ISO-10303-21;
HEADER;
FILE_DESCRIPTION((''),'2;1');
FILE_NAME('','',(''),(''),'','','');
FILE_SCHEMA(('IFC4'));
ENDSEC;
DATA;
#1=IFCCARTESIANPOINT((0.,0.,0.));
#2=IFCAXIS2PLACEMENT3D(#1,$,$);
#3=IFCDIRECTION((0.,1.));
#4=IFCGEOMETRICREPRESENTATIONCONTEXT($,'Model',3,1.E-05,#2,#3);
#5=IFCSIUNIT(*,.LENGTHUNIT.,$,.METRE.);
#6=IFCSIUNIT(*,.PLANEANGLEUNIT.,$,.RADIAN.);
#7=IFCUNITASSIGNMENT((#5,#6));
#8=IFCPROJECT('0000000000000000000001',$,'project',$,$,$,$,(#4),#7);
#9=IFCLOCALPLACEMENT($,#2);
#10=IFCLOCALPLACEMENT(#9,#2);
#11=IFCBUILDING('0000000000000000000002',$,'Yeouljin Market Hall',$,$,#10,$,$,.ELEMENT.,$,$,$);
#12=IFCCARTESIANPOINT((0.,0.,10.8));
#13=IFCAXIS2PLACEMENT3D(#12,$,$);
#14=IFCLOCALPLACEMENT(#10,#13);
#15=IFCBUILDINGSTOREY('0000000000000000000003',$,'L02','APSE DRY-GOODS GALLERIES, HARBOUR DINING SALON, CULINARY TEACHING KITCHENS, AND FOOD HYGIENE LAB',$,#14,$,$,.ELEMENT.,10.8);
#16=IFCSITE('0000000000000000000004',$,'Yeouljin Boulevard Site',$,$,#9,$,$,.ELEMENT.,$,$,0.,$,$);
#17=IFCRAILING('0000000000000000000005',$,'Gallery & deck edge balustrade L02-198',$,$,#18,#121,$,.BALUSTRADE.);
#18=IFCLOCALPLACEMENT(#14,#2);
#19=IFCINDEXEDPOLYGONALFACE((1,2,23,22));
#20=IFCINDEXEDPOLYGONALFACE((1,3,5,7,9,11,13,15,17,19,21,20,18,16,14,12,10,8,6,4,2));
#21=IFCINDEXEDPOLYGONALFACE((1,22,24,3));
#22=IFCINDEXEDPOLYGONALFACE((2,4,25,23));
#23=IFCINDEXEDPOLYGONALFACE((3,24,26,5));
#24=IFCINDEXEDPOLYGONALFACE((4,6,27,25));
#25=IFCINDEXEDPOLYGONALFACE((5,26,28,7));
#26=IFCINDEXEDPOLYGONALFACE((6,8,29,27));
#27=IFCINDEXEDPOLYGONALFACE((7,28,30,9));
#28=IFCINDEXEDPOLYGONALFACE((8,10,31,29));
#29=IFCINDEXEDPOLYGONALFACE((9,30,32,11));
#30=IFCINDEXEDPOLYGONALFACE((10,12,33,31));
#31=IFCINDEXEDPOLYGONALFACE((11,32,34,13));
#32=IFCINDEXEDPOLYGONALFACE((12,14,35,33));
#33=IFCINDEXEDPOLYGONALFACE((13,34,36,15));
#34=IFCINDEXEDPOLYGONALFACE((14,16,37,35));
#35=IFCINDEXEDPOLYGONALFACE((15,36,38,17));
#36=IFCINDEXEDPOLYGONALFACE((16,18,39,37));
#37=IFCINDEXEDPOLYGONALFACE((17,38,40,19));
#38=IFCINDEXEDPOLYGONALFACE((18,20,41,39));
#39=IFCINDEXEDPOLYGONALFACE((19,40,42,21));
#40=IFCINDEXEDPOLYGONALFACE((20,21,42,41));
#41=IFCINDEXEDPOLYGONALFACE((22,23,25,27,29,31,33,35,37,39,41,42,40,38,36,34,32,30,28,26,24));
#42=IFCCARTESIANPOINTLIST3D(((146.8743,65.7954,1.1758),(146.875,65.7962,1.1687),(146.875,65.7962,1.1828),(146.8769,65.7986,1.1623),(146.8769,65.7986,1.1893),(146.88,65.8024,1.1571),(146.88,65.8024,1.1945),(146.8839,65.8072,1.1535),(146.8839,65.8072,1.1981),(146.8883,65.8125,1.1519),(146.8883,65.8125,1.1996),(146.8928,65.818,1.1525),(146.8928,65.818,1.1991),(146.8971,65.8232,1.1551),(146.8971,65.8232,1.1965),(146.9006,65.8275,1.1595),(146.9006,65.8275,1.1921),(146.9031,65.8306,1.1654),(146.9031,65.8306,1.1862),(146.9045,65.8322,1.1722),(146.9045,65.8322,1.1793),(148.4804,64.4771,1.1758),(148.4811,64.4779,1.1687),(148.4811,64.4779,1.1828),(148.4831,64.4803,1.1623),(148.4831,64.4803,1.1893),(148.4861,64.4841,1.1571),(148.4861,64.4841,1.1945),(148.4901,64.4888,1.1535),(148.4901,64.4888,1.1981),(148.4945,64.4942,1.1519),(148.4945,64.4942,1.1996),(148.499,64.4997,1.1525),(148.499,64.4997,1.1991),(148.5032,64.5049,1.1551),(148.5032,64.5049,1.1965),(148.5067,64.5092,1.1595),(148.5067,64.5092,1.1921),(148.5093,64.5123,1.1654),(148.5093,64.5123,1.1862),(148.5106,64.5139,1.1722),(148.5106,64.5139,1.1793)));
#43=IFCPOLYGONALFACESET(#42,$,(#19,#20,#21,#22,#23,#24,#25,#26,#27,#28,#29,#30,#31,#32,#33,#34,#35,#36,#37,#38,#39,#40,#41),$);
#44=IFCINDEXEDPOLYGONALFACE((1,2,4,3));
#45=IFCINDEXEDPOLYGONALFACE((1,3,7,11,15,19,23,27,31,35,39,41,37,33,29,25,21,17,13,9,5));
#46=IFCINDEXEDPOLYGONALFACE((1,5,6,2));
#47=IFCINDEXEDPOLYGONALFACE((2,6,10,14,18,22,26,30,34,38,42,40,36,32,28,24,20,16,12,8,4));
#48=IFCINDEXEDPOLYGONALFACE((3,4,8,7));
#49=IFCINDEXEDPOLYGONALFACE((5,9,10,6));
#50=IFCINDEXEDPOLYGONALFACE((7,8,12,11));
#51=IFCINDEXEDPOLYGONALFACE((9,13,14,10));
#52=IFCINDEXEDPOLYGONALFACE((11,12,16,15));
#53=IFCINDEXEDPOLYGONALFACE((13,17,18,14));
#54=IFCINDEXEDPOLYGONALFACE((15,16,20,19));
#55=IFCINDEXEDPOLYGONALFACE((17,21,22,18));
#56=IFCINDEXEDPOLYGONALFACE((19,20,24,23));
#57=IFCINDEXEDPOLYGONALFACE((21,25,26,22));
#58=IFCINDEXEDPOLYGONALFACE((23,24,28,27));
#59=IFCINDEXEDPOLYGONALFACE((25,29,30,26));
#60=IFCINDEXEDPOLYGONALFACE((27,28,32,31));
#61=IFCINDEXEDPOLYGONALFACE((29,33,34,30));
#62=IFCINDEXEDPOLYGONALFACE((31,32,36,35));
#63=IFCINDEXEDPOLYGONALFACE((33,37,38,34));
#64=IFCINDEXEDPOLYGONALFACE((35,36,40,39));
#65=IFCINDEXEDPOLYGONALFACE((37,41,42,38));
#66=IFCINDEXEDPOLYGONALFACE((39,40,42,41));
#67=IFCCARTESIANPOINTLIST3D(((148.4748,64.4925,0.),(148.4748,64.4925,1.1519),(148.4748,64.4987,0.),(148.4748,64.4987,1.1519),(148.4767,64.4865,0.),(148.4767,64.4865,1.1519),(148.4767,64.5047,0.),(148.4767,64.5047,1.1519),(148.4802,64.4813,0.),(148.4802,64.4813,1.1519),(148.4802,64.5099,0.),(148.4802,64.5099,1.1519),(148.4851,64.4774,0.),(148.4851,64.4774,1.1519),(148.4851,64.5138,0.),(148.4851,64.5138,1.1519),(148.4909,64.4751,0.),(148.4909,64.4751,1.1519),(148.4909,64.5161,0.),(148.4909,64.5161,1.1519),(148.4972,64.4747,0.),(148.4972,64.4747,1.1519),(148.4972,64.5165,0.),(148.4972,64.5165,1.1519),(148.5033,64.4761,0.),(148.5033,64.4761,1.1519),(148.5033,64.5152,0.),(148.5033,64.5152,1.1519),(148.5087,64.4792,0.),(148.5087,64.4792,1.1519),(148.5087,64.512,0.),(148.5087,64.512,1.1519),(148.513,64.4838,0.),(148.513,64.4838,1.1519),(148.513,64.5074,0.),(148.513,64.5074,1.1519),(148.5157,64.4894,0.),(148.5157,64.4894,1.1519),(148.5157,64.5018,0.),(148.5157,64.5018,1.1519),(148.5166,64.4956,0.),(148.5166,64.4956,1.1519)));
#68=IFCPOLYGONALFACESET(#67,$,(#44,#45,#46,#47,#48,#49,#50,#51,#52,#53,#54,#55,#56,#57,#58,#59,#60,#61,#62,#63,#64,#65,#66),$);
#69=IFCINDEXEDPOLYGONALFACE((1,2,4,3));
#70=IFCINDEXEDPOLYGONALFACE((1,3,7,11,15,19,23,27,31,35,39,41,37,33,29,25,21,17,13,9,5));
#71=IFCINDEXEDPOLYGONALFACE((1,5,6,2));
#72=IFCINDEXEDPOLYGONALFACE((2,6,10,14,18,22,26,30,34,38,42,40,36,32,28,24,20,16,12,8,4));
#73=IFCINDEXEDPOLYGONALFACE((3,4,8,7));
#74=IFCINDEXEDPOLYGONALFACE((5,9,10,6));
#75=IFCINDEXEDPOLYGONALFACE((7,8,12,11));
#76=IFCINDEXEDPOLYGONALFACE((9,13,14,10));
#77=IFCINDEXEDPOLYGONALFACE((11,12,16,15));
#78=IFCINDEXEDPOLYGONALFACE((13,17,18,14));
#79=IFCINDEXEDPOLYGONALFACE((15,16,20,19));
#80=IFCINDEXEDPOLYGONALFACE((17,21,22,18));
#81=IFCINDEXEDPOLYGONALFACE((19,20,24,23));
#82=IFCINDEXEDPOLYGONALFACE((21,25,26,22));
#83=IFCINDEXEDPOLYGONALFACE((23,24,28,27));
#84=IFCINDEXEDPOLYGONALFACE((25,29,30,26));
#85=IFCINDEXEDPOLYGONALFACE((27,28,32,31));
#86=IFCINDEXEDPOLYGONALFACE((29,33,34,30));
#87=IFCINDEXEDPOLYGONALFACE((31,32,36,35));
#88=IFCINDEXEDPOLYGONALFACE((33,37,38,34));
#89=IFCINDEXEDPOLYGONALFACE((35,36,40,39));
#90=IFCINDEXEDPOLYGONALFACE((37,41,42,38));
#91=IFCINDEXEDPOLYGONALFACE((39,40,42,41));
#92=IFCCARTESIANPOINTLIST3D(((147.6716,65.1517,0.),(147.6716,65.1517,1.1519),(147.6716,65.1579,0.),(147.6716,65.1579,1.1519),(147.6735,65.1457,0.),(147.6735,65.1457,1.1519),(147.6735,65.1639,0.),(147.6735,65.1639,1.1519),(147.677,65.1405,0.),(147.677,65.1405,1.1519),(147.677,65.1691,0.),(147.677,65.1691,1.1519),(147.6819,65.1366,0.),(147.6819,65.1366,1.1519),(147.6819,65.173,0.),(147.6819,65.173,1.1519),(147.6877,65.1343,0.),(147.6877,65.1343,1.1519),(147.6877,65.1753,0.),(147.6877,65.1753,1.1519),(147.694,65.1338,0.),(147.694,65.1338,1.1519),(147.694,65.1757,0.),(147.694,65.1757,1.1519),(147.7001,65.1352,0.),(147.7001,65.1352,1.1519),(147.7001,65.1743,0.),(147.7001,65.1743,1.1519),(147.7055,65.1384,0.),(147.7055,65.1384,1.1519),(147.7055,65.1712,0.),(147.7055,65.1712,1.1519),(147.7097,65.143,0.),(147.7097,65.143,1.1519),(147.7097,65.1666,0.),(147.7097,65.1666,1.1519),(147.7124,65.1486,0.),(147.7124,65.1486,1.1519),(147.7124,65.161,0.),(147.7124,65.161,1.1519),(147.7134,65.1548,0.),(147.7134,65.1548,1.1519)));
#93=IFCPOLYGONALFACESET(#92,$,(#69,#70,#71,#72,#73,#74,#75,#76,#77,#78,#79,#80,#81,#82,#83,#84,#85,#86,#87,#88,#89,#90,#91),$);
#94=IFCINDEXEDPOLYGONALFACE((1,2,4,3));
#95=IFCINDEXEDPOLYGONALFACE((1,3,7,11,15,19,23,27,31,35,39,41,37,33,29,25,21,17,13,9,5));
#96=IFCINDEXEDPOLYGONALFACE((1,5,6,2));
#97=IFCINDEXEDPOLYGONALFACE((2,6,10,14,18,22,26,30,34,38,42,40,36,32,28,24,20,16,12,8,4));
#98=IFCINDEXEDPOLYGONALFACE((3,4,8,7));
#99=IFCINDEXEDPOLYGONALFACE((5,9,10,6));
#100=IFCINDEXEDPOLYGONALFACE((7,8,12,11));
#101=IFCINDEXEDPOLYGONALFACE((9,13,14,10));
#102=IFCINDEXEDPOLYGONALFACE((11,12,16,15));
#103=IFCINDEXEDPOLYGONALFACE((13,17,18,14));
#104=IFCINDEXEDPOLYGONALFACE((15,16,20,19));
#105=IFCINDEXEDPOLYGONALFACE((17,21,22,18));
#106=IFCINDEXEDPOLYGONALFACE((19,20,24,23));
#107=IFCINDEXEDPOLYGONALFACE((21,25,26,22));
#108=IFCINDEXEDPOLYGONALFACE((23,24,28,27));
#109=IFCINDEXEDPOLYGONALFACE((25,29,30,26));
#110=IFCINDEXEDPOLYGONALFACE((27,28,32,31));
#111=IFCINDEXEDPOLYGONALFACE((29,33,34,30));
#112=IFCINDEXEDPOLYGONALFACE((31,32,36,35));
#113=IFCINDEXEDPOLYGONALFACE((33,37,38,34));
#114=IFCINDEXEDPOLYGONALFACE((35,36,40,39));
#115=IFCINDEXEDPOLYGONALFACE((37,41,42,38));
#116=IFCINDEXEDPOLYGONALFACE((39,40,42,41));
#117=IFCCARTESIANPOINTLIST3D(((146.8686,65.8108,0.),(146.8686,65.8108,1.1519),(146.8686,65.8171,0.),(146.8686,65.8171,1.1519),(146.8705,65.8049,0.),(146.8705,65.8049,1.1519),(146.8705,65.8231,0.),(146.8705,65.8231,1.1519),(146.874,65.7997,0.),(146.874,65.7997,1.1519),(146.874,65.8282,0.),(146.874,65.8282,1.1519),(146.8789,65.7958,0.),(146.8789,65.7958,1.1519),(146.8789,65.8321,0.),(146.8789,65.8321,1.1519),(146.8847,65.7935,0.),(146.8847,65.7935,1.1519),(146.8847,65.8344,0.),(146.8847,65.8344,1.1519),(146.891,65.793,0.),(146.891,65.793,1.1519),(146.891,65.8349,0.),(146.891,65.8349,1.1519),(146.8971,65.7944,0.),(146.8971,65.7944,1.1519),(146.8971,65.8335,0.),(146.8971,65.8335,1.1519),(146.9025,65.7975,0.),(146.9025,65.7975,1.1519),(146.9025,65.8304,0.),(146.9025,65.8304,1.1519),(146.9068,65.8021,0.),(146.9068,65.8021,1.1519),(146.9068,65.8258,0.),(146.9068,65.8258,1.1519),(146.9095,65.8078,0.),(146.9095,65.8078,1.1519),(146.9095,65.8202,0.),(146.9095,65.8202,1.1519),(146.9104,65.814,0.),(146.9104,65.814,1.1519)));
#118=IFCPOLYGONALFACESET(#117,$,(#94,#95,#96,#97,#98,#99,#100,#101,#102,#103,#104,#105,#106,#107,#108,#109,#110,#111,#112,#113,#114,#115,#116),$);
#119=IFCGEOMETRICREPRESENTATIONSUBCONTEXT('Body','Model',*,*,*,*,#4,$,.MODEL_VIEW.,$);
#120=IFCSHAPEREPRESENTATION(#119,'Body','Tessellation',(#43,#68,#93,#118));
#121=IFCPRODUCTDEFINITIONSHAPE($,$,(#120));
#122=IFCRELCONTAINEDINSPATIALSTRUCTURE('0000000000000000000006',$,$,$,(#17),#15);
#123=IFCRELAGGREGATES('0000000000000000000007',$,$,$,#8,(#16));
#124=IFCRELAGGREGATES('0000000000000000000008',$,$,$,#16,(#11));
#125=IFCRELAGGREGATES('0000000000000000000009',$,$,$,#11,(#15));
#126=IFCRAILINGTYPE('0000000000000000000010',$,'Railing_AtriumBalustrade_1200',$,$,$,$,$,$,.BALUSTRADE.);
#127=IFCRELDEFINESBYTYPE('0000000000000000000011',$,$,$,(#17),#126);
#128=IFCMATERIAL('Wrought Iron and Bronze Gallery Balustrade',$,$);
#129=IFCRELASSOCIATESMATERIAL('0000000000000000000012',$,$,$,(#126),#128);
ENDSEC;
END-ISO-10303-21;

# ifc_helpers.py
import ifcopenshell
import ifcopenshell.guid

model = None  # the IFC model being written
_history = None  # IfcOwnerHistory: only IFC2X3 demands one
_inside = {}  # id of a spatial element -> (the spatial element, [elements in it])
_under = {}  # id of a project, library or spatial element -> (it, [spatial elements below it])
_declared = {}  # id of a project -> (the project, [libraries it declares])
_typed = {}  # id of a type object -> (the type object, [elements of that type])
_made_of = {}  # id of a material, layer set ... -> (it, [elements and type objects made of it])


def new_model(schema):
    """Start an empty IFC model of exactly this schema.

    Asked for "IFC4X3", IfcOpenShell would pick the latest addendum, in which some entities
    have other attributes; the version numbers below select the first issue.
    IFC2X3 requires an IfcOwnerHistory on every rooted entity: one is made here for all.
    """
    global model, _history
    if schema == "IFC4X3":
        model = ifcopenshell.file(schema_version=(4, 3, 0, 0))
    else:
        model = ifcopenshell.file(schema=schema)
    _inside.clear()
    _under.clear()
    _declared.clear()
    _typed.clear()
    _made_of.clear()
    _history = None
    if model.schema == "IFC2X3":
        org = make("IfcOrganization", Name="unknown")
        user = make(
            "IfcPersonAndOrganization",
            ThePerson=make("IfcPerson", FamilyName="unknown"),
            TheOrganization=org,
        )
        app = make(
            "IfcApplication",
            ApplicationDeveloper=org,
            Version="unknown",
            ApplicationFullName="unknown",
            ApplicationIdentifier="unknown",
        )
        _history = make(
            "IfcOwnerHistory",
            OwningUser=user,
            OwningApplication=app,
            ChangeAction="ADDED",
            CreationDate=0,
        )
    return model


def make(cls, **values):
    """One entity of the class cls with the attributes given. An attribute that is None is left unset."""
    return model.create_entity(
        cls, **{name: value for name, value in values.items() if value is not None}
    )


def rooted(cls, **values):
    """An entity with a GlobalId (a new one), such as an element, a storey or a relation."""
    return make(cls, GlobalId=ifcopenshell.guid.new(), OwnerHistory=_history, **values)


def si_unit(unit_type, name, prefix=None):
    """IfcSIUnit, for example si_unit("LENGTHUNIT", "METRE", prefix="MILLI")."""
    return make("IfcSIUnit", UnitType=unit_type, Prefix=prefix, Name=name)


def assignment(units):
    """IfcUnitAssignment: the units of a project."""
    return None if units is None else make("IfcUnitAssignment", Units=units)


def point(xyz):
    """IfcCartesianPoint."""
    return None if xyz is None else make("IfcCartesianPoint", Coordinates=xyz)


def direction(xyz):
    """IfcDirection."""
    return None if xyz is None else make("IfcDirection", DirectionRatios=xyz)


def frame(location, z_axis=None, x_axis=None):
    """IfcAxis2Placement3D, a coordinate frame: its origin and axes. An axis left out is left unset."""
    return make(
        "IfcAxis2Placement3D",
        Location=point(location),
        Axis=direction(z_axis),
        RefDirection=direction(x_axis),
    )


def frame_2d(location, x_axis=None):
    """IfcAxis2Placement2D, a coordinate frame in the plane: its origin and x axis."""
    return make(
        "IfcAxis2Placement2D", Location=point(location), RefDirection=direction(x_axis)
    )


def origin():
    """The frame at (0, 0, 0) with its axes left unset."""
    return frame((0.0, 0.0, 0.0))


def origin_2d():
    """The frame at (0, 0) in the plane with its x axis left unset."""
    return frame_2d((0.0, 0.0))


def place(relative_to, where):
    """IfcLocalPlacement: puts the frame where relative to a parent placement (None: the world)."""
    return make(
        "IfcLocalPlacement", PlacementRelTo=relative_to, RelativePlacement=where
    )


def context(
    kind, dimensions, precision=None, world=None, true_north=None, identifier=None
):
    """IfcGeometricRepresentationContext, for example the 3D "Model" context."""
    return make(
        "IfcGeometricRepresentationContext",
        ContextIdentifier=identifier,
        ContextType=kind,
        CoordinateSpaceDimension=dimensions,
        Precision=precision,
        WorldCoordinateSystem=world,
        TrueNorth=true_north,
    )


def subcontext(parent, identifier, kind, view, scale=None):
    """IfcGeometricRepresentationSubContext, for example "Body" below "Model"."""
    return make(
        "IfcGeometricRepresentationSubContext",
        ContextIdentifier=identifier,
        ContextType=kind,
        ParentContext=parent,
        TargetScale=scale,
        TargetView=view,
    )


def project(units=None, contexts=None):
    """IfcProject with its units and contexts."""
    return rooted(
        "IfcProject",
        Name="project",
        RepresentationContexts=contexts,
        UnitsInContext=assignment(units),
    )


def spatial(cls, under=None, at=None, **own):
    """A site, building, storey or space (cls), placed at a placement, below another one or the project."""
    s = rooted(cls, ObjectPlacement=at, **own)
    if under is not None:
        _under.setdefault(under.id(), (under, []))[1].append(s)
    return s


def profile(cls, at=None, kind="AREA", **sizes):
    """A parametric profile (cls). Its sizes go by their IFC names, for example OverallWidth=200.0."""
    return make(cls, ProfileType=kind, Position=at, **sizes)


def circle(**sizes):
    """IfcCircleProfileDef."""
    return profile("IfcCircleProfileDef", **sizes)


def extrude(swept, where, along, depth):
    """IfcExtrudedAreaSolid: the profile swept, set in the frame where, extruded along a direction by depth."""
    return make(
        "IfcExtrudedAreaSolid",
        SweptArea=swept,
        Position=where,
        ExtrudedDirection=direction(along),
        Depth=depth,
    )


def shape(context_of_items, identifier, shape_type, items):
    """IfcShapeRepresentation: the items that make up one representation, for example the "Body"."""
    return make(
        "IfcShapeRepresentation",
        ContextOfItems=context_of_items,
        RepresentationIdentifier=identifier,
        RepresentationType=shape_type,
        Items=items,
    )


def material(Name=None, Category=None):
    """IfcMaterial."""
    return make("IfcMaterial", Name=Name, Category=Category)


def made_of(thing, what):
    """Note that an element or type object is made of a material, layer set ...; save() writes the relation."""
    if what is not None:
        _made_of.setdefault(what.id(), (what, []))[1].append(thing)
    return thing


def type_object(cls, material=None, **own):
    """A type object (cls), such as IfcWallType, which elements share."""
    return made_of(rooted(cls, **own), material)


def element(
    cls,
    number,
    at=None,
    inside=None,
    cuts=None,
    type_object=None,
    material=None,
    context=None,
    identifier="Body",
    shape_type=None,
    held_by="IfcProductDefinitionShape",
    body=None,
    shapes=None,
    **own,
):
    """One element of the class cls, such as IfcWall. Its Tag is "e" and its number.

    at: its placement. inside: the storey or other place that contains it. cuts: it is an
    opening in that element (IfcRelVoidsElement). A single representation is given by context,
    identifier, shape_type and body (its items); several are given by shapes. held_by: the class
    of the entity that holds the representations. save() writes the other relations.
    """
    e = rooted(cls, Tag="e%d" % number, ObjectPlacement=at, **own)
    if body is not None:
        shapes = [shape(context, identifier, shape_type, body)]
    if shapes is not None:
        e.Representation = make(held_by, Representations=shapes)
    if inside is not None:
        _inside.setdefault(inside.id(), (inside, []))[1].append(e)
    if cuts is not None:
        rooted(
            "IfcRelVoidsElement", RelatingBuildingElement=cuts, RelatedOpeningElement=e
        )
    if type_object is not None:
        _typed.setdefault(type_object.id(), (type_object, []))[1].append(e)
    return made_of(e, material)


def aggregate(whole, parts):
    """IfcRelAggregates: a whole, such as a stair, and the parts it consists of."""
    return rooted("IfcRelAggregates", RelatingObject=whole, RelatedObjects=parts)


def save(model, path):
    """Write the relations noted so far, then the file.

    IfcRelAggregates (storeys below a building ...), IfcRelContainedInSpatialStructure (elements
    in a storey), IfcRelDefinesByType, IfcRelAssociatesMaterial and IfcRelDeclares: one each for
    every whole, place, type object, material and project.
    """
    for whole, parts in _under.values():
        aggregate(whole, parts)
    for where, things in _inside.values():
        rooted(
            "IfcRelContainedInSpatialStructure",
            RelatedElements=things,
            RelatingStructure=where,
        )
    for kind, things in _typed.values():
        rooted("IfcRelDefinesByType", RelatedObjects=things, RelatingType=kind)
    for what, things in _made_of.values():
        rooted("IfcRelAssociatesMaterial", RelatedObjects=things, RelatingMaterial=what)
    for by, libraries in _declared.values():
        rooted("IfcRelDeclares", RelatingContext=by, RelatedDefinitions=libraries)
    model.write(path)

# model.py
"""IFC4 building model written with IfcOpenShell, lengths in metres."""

from ifc_helpers import new_model, si_unit, direction, frame, origin, origin_2d, place, context, subcontext, project, spatial, circle, extrude, material, type_object, element, save


model = new_model("IFC4")

# Units and contexts
model_context = context("Model", 3, precision=1e-05, world=origin(), true_north=direction((0.0, 1.0)))
body_context = subcontext(model_context, "Body", "Model", "MODEL_VIEW")
ifc_project = project(units=[si_unit("LENGTHUNIT", "METRE"), si_unit("PLANEANGLEUNIT", "RADIAN")], contexts=[model_context])

# Site, building, storey
site_placement = place(None, origin())
site = spatial("IfcSite", under=ifc_project, at=site_placement, Name="Yeouljin Boulevard Site", CompositionType="ELEMENT", RefElevation=0.0)
building_placement = place(site_placement, origin())
building = spatial("IfcBuilding", under=site, at=building_placement, Name="Yeouljin Market Hall", CompositionType="ELEMENT")
storey_placement = place(building_placement, frame((0.0, 0.0, 10.8)))
storey = spatial("IfcBuildingStorey", under=building, at=storey_placement, Name="L02", Description="APSE DRY-GOODS GALLERIES, HARBOUR DINING SALON, CULINARY TEACHING KITCHENS, AND FOOD HYGIENE LAB", CompositionType="ELEMENT", Elevation=10.8)

# Railing
ifc_material_1 = material(Name="Wrought Iron and Bronze Gallery Balustrade")
railing_type = type_object("IfcRailingType", Name="Railing_AtriumBalustrade_1200", PredefinedType="BALUSTRADE", material=ifc_material_1)
railing_1_placement = place(storey_placement, frame((148.4956, 64.4956, 0.0)))
element("IfcRailing", 1, at=railing_1_placement, inside=storey, type_object=railing_type, Name="Gallery & deck edge balustrade L02-198", PredefinedType="BALUSTRADE", context=body_context, shape_type="SweptSolid", body=[
    extrude(circle(Radius=0.0239, at=origin_2d()), frame((0.0, 0.0, 1.1758), z_axis=(-0.772967, 0.634446, 0.0), x_axis=(-0.634446, -0.772967, 0.0)), (0.0, 0.0, 1.0), 2.0779),
    extrude(circle(Radius=0.021, at=origin_2d()), origin(), (0.0, 0.0, 1.0), 1.1519),
    extrude(circle(Radius=0.021, at=origin_2d()), frame((-0.8032, 0.6592, 0.0)), (0.0, 0.0, 1.0), 1.1519),
    extrude(circle(Radius=0.021, at=origin_2d()), frame((-1.6062, 1.3184, 0.0)), (0.0, 0.0, 1.0), 1.1519),
])

save(model, "model.ifc")
